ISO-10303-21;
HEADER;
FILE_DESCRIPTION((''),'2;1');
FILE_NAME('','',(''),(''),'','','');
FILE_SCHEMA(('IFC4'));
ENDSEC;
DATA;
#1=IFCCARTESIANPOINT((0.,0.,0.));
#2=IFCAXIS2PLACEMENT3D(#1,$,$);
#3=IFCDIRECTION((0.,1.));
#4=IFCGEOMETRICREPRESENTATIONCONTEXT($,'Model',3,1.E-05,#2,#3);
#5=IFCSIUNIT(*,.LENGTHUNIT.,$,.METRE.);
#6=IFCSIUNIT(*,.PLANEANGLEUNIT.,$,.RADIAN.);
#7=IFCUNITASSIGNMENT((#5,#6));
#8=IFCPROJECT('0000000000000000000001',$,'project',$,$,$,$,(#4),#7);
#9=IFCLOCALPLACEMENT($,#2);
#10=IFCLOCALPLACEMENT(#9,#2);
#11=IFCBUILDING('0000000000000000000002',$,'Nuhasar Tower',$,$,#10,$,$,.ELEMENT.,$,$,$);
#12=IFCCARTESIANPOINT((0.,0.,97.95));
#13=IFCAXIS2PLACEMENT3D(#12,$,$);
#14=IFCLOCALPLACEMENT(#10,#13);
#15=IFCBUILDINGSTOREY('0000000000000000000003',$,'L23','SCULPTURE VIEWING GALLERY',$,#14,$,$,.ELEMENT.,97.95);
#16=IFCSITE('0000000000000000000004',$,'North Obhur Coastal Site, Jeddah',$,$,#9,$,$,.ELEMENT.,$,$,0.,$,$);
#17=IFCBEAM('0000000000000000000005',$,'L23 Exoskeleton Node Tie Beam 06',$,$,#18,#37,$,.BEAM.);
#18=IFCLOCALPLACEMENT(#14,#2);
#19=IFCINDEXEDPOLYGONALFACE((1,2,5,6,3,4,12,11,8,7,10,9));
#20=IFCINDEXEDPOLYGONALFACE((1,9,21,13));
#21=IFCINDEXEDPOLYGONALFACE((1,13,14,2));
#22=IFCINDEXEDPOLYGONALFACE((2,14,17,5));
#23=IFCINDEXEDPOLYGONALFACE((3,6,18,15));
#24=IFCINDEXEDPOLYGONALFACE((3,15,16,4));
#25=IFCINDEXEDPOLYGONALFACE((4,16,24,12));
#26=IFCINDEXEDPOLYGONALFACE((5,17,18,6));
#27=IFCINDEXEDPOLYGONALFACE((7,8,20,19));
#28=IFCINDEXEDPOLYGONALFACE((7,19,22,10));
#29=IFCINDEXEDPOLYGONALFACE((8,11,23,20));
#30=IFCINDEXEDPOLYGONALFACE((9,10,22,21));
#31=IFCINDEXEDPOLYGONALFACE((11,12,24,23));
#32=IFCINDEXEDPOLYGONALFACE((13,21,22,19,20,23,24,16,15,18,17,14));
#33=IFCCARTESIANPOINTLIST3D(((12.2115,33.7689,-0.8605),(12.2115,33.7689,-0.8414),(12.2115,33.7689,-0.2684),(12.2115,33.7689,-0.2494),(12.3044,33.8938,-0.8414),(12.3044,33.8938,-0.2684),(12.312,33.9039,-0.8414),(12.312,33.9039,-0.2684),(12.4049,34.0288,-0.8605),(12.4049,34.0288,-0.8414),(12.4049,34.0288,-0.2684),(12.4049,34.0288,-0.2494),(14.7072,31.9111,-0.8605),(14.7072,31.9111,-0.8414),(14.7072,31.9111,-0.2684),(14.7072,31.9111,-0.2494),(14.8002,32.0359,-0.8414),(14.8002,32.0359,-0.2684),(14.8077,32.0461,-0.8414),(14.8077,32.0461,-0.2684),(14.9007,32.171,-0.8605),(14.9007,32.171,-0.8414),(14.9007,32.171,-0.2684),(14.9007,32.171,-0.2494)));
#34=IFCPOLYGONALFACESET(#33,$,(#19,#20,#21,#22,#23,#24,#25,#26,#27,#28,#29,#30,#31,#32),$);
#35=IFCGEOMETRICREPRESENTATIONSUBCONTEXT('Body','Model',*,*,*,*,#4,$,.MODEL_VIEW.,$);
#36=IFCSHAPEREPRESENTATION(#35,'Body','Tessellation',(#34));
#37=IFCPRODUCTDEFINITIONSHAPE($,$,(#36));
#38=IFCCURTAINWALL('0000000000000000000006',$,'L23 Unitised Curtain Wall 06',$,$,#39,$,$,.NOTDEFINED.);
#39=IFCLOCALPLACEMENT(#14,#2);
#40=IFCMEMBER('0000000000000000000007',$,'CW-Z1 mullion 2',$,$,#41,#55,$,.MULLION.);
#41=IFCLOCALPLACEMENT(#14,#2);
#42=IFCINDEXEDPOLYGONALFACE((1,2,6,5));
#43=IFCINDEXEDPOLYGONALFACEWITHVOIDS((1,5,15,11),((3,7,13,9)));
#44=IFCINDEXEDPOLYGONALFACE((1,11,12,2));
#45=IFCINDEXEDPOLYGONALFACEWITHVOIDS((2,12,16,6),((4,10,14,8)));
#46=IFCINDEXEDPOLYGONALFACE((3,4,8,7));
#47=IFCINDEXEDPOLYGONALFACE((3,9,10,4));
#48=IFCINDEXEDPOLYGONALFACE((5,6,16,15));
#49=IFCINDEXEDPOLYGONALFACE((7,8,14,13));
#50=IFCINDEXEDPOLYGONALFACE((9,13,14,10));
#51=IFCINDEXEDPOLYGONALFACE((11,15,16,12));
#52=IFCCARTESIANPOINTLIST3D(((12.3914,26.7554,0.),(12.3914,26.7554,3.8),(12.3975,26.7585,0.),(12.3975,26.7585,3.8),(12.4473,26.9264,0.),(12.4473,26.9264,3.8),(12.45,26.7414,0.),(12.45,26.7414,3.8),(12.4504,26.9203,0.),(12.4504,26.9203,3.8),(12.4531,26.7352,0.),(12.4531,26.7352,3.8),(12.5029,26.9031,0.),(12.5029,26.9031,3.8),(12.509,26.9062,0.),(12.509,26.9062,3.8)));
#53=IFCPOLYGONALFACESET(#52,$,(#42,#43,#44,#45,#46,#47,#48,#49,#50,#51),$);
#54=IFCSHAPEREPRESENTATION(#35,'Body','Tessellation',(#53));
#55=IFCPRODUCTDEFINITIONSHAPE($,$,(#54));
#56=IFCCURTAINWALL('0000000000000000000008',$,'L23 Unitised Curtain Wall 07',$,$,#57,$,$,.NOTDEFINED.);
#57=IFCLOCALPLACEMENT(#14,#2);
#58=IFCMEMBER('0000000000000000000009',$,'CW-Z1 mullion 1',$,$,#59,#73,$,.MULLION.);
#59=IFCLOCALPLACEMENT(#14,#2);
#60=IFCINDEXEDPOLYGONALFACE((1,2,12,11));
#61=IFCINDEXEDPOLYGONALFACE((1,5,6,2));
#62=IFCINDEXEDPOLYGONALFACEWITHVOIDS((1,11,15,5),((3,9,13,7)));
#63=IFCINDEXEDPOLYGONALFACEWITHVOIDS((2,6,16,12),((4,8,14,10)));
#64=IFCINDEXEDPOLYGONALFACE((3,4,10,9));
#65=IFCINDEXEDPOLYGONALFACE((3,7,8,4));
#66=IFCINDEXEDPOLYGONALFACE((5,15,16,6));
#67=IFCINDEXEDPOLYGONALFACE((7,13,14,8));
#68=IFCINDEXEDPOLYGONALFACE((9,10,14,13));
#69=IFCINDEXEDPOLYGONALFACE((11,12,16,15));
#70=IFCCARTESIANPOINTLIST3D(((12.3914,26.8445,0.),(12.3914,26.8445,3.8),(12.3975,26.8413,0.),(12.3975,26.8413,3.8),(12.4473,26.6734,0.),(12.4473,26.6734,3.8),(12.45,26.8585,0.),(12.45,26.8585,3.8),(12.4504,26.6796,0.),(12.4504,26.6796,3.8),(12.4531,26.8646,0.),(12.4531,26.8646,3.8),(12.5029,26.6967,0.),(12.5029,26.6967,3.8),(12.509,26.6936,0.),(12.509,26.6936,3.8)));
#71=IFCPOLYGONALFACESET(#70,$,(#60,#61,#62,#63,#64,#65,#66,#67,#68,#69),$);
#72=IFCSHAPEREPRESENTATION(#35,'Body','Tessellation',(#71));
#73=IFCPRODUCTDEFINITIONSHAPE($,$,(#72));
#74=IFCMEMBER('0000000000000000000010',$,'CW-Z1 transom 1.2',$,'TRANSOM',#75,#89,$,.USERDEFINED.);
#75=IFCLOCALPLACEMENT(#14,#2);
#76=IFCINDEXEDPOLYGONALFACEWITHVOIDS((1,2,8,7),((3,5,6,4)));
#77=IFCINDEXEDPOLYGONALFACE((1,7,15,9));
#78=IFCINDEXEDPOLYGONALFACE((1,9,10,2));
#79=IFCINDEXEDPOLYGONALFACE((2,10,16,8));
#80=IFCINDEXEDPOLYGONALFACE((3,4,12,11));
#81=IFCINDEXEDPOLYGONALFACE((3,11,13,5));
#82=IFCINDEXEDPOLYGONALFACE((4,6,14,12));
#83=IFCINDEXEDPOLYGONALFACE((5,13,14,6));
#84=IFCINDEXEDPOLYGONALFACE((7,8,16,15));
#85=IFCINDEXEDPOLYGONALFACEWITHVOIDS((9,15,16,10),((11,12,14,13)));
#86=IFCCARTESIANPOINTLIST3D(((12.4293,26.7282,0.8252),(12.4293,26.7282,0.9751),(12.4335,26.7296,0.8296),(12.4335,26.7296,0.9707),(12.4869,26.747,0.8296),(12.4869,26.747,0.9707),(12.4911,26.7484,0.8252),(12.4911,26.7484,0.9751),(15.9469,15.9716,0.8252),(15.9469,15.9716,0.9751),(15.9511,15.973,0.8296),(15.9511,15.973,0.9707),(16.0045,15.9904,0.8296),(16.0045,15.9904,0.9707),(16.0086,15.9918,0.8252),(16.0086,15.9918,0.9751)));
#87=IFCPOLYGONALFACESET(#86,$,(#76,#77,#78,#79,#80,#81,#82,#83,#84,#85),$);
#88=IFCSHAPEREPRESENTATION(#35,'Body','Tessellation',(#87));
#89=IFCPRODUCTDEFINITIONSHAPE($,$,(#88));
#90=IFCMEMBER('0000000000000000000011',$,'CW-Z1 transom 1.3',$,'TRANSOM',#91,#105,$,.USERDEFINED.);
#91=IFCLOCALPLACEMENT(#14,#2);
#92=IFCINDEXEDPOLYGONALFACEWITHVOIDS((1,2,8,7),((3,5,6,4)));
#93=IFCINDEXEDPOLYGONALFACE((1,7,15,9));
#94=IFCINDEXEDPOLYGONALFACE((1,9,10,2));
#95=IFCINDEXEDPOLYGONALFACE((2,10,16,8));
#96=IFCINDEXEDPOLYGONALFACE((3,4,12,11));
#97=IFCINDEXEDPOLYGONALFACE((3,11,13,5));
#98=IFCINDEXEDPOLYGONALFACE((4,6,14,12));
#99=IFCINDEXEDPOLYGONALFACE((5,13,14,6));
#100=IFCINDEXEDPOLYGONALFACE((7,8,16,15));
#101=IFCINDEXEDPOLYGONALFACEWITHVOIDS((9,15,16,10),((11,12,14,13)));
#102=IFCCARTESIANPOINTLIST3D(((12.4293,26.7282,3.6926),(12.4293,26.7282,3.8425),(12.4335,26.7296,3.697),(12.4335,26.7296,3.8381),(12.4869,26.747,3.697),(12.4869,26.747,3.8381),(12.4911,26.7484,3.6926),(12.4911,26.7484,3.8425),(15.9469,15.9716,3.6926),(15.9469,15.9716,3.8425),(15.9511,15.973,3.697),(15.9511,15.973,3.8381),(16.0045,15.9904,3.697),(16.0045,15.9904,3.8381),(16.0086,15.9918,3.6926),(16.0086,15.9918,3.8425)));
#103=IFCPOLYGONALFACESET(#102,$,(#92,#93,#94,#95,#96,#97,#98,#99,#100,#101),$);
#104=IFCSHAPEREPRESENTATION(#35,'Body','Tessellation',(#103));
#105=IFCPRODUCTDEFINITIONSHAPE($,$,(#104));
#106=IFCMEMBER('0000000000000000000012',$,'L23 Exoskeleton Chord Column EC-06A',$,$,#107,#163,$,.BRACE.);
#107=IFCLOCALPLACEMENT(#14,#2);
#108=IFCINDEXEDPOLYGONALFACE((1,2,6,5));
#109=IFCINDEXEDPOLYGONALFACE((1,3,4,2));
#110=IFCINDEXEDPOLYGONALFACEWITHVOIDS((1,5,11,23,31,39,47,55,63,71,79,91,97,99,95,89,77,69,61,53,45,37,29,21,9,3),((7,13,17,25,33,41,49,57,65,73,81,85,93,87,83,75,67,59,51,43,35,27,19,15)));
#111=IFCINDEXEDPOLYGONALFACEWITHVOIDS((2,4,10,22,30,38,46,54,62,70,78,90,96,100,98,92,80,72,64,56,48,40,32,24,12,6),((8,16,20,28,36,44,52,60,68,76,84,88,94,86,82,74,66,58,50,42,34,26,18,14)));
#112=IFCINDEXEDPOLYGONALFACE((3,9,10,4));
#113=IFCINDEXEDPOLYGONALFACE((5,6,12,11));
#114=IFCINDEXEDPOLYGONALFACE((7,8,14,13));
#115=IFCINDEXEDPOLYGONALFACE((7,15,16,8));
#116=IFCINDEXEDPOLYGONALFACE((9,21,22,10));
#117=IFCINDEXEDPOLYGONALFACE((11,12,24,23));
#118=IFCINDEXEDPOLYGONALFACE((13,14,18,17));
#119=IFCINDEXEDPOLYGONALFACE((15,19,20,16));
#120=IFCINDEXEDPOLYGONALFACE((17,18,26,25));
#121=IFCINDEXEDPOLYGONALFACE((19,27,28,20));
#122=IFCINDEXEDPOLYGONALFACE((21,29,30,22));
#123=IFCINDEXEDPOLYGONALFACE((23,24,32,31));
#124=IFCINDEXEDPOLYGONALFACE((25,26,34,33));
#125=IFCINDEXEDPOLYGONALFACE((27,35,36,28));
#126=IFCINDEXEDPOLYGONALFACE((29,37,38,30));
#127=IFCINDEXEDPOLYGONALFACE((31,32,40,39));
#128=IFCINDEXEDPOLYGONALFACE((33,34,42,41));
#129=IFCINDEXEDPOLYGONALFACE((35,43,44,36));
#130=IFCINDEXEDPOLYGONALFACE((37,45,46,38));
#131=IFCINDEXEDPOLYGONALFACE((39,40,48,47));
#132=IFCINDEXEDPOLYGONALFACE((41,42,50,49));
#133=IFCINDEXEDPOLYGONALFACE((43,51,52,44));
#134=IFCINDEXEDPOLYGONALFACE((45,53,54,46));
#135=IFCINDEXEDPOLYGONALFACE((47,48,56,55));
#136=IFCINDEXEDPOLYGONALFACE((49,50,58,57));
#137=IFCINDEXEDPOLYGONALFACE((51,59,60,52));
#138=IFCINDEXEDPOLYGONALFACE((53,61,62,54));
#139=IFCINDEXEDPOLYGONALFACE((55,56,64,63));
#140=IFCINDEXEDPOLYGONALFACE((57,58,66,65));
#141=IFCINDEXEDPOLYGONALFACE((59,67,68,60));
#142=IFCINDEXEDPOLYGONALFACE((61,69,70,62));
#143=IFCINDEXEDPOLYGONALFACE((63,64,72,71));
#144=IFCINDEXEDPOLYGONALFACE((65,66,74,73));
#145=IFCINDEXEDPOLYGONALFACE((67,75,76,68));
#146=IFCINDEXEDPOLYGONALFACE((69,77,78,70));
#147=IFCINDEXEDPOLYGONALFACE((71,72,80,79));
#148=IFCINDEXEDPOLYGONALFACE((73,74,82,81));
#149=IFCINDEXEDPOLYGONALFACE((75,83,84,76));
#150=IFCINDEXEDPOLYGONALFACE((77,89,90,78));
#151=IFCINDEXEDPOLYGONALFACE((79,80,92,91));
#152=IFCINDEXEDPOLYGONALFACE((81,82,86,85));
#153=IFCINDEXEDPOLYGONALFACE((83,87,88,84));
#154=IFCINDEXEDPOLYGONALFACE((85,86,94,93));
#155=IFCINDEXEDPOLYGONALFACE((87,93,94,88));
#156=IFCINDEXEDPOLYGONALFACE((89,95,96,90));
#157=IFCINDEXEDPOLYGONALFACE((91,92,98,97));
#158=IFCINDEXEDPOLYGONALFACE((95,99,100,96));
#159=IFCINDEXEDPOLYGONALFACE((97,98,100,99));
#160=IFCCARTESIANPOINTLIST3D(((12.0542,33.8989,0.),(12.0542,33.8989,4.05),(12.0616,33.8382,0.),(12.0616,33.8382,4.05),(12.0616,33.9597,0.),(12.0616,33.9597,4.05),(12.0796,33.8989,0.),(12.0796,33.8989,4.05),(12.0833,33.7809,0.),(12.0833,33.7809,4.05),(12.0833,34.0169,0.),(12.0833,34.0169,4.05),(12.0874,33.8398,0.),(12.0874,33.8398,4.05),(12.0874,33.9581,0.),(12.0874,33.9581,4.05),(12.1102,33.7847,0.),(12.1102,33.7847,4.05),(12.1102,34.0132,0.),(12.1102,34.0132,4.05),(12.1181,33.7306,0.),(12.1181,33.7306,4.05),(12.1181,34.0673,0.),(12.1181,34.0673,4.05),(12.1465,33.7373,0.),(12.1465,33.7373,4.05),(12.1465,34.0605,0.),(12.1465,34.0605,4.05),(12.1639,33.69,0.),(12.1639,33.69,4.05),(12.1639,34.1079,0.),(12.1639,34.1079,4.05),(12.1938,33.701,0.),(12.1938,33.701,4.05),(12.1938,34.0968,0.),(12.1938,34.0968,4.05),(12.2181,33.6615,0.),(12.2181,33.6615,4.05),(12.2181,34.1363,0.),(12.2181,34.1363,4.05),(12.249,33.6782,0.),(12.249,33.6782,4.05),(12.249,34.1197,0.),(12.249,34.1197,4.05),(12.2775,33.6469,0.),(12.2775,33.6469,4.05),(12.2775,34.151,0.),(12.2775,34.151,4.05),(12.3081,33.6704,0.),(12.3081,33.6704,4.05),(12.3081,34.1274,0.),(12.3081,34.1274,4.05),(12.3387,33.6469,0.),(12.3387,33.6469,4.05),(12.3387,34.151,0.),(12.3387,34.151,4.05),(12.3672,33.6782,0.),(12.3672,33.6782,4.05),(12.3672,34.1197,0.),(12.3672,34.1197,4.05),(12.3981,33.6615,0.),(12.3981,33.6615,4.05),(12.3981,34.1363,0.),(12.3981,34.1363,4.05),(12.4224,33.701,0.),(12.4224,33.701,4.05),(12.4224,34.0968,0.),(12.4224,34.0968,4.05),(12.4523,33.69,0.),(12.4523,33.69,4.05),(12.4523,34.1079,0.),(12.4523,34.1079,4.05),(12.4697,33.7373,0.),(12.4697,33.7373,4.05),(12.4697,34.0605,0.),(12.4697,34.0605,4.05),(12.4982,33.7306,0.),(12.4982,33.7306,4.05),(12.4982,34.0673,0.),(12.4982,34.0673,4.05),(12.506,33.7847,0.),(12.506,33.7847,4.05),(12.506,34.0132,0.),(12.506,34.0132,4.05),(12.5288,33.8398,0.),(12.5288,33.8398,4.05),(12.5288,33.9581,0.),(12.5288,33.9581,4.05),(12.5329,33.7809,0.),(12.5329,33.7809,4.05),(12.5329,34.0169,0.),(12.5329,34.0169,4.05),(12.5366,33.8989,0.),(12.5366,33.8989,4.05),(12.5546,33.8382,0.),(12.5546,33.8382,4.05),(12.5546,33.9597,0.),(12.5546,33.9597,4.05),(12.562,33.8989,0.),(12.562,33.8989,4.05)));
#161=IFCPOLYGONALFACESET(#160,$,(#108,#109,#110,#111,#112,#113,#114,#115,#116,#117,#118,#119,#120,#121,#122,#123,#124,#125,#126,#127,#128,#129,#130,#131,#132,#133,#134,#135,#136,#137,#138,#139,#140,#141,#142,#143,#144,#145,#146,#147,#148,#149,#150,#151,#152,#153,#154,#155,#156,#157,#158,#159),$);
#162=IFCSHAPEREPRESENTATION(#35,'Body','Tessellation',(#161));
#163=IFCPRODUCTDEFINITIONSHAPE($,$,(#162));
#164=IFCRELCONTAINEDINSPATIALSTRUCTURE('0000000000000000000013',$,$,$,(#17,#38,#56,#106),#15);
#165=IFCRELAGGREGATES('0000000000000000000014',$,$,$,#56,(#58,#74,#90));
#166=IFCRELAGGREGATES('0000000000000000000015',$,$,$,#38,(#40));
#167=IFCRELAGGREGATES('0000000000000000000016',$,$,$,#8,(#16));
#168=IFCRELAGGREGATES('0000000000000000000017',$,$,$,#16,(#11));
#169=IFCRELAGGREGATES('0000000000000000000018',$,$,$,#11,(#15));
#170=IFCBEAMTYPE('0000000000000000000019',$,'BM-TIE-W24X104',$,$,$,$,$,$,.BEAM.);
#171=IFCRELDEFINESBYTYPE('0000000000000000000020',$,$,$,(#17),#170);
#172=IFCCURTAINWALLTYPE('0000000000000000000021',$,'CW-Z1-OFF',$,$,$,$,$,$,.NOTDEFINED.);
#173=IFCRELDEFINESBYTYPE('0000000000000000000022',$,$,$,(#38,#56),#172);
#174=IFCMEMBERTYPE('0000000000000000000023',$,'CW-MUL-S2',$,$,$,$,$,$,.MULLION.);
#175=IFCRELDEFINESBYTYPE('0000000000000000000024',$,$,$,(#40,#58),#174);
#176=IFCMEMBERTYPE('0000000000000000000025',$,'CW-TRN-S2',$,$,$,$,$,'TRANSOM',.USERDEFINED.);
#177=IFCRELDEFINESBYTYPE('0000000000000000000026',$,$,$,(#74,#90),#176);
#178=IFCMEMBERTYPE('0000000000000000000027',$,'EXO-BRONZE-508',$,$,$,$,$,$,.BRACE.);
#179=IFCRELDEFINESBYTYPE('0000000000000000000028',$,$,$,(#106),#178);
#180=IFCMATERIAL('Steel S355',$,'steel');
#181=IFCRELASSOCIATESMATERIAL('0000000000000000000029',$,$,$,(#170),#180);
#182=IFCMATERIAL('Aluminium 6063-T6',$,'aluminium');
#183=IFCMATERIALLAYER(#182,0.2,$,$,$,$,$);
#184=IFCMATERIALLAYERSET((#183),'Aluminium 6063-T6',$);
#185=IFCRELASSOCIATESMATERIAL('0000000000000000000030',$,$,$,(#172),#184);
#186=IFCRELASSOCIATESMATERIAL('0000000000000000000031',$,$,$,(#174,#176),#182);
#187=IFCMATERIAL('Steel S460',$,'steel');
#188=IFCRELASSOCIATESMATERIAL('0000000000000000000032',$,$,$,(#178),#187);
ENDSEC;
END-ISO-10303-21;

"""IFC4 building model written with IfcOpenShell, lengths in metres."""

from ifc_helpers import new_model, si_unit, direction, frame, origin, origin_2d, place, context, subcontext, project, spatial, hollow_rectangle, hollow_circle, i_section, extrude, material, layer, layer_set, material_profile, profile_set, type_object, element, aggregate, save


model = new_model("IFC4")

# Units and contexts
model_context = context("Model", 3, precision=1e-05, world=origin(), true_north=direction((0.0, 1.0)))
body_context = subcontext(model_context, "Body", "Model", "MODEL_VIEW")
ifc_project = project(units=[si_unit("LENGTHUNIT", "METRE"), si_unit("PLANEANGLEUNIT", "RADIAN")], contexts=[model_context])

# Site, building, storey
site_placement = place(None, origin())
site = spatial("IfcSite", under=ifc_project, at=site_placement, Name="North Obhur Coastal Site, Jeddah", CompositionType="ELEMENT", RefElevation=0.0)
building_placement = place(site_placement, origin())
building = spatial("IfcBuilding", under=site, at=building_placement, Name="Nuhasar Tower", CompositionType="ELEMENT")
storey_placement = place(building_placement, frame((0.0, 0.0, 97.95)))
storey = spatial("IfcBuildingStorey", under=building, at=storey_placement, Name="L23", Description="SCULPTURE VIEWING GALLERY", CompositionType="ELEMENT", Elevation=97.95)

# Beam
ifc_material_1 = material(Name="Steel S355", Category="steel")
ifc_material_profile_1 = material_profile(ifc_material_1, i_section(OverallWidth=0.324, OverallDepth=0.6111, WebThickness=0.0127, FlangeThickness=0.019, at=origin_2d()), Name="W24X104")
ifc_profile_set_1 = profile_set([ifc_material_profile_1], Name="Steel S355")
beam_type_1 = type_object("IfcBeamType", Name="BM-TIE-W24X104", PredefinedType="BEAM", material=ifc_profile_set_1)
beam_1_placement = place(storey_placement, frame((14.804, 32.041, -0.5549), z_axis=(-0.802151, 0.597121, 0.0), x_axis=(-0.597121, -0.802151, 0.0)))
element("IfcBeam", 1, at=beam_1_placement, inside=storey, type_object=beam_type_1, Name="L23 Exoskeleton Node Tie Beam 06", PredefinedType="BEAM", context=body_context, shape_type="SweptSolid", body=[
    extrude(i_section(OverallWidth=0.324, OverallDepth=0.6111, WebThickness=0.0127, FlangeThickness=0.019, at=origin_2d()), origin(), (0.0, 0.0, 1.0), 3.1113),
])

# Curtain wall, member
ifc_material_2 = material(Name="Aluminium 6063-T6", Category="aluminium")
ifc_layer_1 = layer(ifc_material_2, 0.2)
ifc_layer_set_1 = layer_set([ifc_layer_1], Name="Aluminium 6063-T6")
curtain_wall_type = type_object("IfcCurtainWallType", Name="CW-Z1-OFF", PredefinedType="NOTDEFINED", material=ifc_layer_set_1)
curtain_wall_1_placement = place(storey_placement, origin())
curtain_wall_1 = element("IfcCurtainWall", 2, at=curtain_wall_1_placement, inside=storey, type_object=curtain_wall_type, Name="L23 Unitised Curtain Wall 06", PredefinedType="NOTDEFINED")
ifc_material_profile_2 = material_profile(ifc_material_2, hollow_rectangle(XDim=0.0649, YDim=0.1799, WallThickness=0.0049, at=origin_2d()), Name="CWM-2")
ifc_profile_set_2 = profile_set([ifc_material_profile_2], Name="Aluminium 6063-T6")
member_type_1 = type_object("IfcMemberType", Name="CW-MUL-S2", PredefinedType="MULLION", material=ifc_profile_set_2)
member_1_placement = place(storey_placement, frame((12.4502, 26.8308, 0.0), z_axis=(0.0, 0.0, 1.0), x_axis=(0.950468, -0.310824, 0.0)))
member_1 = element("IfcMember", 3, at=member_1_placement, type_object=member_type_1, Name="CW-Z1 mullion 2", PredefinedType="MULLION", context=body_context, shape_type="SweptSolid", body=[
    extrude(hollow_rectangle(XDim=0.0649, YDim=0.1799, WallThickness=0.0049, at=origin_2d()), origin(), (0.0, 0.0, 1.0), 3.8),
])

# Curtain wall, members
curtain_wall_2_placement = place(storey_placement, origin())
curtain_wall_2 = element("IfcCurtainWall", 4, at=curtain_wall_2_placement, inside=storey, type_object=curtain_wall_type, Name="L23 Unitised Curtain Wall 07", PredefinedType="NOTDEFINED")
member_2_placement = place(storey_placement, frame((12.4502, 26.769, 0.0), z_axis=(0.0, 0.0, 1.0), x_axis=(0.950468, 0.310824, 0.0)))
member_2 = element("IfcMember", 5, at=member_2_placement, type_object=member_type_1, Name="CW-Z1 mullion 1", PredefinedType="MULLION", context=body_context, shape_type="SweptSolid", body=[
    extrude(hollow_rectangle(XDim=0.0649, YDim=0.1799, WallThickness=0.0049, at=origin_2d()), origin(), (0.0, 0.0, 1.0), 3.8),
])
ifc_material_profile_3 = material_profile(ifc_material_2, hollow_rectangle(XDim=0.0649, YDim=0.1499, WallThickness=0.0044, at=origin_2d()), Name="CWT-2")
ifc_profile_set_3 = profile_set([ifc_material_profile_3], Name="Aluminium 6063-T6")
member_type_2 = type_object("IfcMemberType", Name="CW-TRN-S2", ElementType="TRANSOM", PredefinedType="USERDEFINED", material=ifc_profile_set_3)
member_3_placement = place(storey_placement, frame((12.4602, 26.7383, 0.9001), z_axis=(0.310819, -0.950469, 0.0), x_axis=(0.950469, 0.310819, 0.0)))
member_3 = element("IfcMember", 6, at=member_3_placement, type_object=member_type_2, Name="CW-Z1 transom 1.2", ObjectType="TRANSOM", PredefinedType="USERDEFINED", context=body_context, shape_type="SweptSolid", body=[
    extrude(hollow_rectangle(XDim=0.0649, YDim=0.1499, WallThickness=0.0044, at=origin_2d()), origin(), (0.0, 0.0, 1.0), 11.3171),
])
member_4_placement = place(storey_placement, frame((12.4602, 26.7383, 3.7676), z_axis=(0.310819, -0.950469, 0.0), x_axis=(0.950469, 0.310819, 0.0)))
member_4 = element("IfcMember", 7, at=member_4_placement, type_object=member_type_2, Name="CW-Z1 transom 1.3", ObjectType="TRANSOM", PredefinedType="USERDEFINED", context=body_context, shape_type="SweptSolid", body=[
    extrude(hollow_rectangle(XDim=0.0649, YDim=0.1499, WallThickness=0.0044, at=origin_2d()), origin(), (0.0, 0.0, 1.0), 11.3171),
])
aggregate(curtain_wall_2, [member_2, member_3, member_4])

# Member
ifc_material_3 = material(Name="Steel S460", Category="steel")
ifc_material_profile_4 = material_profile(ifc_material_3, hollow_circle(Radius=0.2539, WallThickness=0.0254, at=origin_2d()), Name="HSS508X25.4")
ifc_profile_set_4 = profile_set([ifc_material_profile_4], Name="Steel S460")
member_type_3 = type_object("IfcMemberType", Name="EXO-BRONZE-508", PredefinedType="BRACE", material=ifc_profile_set_4)
for number, where, z_axis, x_axis, name in (
    (8, (12.3081, 33.8989, 0.0), (0.0, 0.0, 1.0), (1.0, 0.0, 0.0), "L23 Exoskeleton Chord Column EC-06A"),
):
    element("IfcMember", number, at=place(storey_placement, frame(where, z_axis=z_axis, x_axis=x_axis)), inside=storey, type_object=member_type_3, Name=name, PredefinedType="BRACE", context=body_context, shape_type="SweptSolid", body=[
        extrude(hollow_circle(Radius=0.2539, WallThickness=0.0254, at=origin_2d()), origin(), (0.0, 0.0, 1.0), 4.05),
    ])

aggregate(curtain_wall_1, [member_1])

save(model, "model.ifc")
